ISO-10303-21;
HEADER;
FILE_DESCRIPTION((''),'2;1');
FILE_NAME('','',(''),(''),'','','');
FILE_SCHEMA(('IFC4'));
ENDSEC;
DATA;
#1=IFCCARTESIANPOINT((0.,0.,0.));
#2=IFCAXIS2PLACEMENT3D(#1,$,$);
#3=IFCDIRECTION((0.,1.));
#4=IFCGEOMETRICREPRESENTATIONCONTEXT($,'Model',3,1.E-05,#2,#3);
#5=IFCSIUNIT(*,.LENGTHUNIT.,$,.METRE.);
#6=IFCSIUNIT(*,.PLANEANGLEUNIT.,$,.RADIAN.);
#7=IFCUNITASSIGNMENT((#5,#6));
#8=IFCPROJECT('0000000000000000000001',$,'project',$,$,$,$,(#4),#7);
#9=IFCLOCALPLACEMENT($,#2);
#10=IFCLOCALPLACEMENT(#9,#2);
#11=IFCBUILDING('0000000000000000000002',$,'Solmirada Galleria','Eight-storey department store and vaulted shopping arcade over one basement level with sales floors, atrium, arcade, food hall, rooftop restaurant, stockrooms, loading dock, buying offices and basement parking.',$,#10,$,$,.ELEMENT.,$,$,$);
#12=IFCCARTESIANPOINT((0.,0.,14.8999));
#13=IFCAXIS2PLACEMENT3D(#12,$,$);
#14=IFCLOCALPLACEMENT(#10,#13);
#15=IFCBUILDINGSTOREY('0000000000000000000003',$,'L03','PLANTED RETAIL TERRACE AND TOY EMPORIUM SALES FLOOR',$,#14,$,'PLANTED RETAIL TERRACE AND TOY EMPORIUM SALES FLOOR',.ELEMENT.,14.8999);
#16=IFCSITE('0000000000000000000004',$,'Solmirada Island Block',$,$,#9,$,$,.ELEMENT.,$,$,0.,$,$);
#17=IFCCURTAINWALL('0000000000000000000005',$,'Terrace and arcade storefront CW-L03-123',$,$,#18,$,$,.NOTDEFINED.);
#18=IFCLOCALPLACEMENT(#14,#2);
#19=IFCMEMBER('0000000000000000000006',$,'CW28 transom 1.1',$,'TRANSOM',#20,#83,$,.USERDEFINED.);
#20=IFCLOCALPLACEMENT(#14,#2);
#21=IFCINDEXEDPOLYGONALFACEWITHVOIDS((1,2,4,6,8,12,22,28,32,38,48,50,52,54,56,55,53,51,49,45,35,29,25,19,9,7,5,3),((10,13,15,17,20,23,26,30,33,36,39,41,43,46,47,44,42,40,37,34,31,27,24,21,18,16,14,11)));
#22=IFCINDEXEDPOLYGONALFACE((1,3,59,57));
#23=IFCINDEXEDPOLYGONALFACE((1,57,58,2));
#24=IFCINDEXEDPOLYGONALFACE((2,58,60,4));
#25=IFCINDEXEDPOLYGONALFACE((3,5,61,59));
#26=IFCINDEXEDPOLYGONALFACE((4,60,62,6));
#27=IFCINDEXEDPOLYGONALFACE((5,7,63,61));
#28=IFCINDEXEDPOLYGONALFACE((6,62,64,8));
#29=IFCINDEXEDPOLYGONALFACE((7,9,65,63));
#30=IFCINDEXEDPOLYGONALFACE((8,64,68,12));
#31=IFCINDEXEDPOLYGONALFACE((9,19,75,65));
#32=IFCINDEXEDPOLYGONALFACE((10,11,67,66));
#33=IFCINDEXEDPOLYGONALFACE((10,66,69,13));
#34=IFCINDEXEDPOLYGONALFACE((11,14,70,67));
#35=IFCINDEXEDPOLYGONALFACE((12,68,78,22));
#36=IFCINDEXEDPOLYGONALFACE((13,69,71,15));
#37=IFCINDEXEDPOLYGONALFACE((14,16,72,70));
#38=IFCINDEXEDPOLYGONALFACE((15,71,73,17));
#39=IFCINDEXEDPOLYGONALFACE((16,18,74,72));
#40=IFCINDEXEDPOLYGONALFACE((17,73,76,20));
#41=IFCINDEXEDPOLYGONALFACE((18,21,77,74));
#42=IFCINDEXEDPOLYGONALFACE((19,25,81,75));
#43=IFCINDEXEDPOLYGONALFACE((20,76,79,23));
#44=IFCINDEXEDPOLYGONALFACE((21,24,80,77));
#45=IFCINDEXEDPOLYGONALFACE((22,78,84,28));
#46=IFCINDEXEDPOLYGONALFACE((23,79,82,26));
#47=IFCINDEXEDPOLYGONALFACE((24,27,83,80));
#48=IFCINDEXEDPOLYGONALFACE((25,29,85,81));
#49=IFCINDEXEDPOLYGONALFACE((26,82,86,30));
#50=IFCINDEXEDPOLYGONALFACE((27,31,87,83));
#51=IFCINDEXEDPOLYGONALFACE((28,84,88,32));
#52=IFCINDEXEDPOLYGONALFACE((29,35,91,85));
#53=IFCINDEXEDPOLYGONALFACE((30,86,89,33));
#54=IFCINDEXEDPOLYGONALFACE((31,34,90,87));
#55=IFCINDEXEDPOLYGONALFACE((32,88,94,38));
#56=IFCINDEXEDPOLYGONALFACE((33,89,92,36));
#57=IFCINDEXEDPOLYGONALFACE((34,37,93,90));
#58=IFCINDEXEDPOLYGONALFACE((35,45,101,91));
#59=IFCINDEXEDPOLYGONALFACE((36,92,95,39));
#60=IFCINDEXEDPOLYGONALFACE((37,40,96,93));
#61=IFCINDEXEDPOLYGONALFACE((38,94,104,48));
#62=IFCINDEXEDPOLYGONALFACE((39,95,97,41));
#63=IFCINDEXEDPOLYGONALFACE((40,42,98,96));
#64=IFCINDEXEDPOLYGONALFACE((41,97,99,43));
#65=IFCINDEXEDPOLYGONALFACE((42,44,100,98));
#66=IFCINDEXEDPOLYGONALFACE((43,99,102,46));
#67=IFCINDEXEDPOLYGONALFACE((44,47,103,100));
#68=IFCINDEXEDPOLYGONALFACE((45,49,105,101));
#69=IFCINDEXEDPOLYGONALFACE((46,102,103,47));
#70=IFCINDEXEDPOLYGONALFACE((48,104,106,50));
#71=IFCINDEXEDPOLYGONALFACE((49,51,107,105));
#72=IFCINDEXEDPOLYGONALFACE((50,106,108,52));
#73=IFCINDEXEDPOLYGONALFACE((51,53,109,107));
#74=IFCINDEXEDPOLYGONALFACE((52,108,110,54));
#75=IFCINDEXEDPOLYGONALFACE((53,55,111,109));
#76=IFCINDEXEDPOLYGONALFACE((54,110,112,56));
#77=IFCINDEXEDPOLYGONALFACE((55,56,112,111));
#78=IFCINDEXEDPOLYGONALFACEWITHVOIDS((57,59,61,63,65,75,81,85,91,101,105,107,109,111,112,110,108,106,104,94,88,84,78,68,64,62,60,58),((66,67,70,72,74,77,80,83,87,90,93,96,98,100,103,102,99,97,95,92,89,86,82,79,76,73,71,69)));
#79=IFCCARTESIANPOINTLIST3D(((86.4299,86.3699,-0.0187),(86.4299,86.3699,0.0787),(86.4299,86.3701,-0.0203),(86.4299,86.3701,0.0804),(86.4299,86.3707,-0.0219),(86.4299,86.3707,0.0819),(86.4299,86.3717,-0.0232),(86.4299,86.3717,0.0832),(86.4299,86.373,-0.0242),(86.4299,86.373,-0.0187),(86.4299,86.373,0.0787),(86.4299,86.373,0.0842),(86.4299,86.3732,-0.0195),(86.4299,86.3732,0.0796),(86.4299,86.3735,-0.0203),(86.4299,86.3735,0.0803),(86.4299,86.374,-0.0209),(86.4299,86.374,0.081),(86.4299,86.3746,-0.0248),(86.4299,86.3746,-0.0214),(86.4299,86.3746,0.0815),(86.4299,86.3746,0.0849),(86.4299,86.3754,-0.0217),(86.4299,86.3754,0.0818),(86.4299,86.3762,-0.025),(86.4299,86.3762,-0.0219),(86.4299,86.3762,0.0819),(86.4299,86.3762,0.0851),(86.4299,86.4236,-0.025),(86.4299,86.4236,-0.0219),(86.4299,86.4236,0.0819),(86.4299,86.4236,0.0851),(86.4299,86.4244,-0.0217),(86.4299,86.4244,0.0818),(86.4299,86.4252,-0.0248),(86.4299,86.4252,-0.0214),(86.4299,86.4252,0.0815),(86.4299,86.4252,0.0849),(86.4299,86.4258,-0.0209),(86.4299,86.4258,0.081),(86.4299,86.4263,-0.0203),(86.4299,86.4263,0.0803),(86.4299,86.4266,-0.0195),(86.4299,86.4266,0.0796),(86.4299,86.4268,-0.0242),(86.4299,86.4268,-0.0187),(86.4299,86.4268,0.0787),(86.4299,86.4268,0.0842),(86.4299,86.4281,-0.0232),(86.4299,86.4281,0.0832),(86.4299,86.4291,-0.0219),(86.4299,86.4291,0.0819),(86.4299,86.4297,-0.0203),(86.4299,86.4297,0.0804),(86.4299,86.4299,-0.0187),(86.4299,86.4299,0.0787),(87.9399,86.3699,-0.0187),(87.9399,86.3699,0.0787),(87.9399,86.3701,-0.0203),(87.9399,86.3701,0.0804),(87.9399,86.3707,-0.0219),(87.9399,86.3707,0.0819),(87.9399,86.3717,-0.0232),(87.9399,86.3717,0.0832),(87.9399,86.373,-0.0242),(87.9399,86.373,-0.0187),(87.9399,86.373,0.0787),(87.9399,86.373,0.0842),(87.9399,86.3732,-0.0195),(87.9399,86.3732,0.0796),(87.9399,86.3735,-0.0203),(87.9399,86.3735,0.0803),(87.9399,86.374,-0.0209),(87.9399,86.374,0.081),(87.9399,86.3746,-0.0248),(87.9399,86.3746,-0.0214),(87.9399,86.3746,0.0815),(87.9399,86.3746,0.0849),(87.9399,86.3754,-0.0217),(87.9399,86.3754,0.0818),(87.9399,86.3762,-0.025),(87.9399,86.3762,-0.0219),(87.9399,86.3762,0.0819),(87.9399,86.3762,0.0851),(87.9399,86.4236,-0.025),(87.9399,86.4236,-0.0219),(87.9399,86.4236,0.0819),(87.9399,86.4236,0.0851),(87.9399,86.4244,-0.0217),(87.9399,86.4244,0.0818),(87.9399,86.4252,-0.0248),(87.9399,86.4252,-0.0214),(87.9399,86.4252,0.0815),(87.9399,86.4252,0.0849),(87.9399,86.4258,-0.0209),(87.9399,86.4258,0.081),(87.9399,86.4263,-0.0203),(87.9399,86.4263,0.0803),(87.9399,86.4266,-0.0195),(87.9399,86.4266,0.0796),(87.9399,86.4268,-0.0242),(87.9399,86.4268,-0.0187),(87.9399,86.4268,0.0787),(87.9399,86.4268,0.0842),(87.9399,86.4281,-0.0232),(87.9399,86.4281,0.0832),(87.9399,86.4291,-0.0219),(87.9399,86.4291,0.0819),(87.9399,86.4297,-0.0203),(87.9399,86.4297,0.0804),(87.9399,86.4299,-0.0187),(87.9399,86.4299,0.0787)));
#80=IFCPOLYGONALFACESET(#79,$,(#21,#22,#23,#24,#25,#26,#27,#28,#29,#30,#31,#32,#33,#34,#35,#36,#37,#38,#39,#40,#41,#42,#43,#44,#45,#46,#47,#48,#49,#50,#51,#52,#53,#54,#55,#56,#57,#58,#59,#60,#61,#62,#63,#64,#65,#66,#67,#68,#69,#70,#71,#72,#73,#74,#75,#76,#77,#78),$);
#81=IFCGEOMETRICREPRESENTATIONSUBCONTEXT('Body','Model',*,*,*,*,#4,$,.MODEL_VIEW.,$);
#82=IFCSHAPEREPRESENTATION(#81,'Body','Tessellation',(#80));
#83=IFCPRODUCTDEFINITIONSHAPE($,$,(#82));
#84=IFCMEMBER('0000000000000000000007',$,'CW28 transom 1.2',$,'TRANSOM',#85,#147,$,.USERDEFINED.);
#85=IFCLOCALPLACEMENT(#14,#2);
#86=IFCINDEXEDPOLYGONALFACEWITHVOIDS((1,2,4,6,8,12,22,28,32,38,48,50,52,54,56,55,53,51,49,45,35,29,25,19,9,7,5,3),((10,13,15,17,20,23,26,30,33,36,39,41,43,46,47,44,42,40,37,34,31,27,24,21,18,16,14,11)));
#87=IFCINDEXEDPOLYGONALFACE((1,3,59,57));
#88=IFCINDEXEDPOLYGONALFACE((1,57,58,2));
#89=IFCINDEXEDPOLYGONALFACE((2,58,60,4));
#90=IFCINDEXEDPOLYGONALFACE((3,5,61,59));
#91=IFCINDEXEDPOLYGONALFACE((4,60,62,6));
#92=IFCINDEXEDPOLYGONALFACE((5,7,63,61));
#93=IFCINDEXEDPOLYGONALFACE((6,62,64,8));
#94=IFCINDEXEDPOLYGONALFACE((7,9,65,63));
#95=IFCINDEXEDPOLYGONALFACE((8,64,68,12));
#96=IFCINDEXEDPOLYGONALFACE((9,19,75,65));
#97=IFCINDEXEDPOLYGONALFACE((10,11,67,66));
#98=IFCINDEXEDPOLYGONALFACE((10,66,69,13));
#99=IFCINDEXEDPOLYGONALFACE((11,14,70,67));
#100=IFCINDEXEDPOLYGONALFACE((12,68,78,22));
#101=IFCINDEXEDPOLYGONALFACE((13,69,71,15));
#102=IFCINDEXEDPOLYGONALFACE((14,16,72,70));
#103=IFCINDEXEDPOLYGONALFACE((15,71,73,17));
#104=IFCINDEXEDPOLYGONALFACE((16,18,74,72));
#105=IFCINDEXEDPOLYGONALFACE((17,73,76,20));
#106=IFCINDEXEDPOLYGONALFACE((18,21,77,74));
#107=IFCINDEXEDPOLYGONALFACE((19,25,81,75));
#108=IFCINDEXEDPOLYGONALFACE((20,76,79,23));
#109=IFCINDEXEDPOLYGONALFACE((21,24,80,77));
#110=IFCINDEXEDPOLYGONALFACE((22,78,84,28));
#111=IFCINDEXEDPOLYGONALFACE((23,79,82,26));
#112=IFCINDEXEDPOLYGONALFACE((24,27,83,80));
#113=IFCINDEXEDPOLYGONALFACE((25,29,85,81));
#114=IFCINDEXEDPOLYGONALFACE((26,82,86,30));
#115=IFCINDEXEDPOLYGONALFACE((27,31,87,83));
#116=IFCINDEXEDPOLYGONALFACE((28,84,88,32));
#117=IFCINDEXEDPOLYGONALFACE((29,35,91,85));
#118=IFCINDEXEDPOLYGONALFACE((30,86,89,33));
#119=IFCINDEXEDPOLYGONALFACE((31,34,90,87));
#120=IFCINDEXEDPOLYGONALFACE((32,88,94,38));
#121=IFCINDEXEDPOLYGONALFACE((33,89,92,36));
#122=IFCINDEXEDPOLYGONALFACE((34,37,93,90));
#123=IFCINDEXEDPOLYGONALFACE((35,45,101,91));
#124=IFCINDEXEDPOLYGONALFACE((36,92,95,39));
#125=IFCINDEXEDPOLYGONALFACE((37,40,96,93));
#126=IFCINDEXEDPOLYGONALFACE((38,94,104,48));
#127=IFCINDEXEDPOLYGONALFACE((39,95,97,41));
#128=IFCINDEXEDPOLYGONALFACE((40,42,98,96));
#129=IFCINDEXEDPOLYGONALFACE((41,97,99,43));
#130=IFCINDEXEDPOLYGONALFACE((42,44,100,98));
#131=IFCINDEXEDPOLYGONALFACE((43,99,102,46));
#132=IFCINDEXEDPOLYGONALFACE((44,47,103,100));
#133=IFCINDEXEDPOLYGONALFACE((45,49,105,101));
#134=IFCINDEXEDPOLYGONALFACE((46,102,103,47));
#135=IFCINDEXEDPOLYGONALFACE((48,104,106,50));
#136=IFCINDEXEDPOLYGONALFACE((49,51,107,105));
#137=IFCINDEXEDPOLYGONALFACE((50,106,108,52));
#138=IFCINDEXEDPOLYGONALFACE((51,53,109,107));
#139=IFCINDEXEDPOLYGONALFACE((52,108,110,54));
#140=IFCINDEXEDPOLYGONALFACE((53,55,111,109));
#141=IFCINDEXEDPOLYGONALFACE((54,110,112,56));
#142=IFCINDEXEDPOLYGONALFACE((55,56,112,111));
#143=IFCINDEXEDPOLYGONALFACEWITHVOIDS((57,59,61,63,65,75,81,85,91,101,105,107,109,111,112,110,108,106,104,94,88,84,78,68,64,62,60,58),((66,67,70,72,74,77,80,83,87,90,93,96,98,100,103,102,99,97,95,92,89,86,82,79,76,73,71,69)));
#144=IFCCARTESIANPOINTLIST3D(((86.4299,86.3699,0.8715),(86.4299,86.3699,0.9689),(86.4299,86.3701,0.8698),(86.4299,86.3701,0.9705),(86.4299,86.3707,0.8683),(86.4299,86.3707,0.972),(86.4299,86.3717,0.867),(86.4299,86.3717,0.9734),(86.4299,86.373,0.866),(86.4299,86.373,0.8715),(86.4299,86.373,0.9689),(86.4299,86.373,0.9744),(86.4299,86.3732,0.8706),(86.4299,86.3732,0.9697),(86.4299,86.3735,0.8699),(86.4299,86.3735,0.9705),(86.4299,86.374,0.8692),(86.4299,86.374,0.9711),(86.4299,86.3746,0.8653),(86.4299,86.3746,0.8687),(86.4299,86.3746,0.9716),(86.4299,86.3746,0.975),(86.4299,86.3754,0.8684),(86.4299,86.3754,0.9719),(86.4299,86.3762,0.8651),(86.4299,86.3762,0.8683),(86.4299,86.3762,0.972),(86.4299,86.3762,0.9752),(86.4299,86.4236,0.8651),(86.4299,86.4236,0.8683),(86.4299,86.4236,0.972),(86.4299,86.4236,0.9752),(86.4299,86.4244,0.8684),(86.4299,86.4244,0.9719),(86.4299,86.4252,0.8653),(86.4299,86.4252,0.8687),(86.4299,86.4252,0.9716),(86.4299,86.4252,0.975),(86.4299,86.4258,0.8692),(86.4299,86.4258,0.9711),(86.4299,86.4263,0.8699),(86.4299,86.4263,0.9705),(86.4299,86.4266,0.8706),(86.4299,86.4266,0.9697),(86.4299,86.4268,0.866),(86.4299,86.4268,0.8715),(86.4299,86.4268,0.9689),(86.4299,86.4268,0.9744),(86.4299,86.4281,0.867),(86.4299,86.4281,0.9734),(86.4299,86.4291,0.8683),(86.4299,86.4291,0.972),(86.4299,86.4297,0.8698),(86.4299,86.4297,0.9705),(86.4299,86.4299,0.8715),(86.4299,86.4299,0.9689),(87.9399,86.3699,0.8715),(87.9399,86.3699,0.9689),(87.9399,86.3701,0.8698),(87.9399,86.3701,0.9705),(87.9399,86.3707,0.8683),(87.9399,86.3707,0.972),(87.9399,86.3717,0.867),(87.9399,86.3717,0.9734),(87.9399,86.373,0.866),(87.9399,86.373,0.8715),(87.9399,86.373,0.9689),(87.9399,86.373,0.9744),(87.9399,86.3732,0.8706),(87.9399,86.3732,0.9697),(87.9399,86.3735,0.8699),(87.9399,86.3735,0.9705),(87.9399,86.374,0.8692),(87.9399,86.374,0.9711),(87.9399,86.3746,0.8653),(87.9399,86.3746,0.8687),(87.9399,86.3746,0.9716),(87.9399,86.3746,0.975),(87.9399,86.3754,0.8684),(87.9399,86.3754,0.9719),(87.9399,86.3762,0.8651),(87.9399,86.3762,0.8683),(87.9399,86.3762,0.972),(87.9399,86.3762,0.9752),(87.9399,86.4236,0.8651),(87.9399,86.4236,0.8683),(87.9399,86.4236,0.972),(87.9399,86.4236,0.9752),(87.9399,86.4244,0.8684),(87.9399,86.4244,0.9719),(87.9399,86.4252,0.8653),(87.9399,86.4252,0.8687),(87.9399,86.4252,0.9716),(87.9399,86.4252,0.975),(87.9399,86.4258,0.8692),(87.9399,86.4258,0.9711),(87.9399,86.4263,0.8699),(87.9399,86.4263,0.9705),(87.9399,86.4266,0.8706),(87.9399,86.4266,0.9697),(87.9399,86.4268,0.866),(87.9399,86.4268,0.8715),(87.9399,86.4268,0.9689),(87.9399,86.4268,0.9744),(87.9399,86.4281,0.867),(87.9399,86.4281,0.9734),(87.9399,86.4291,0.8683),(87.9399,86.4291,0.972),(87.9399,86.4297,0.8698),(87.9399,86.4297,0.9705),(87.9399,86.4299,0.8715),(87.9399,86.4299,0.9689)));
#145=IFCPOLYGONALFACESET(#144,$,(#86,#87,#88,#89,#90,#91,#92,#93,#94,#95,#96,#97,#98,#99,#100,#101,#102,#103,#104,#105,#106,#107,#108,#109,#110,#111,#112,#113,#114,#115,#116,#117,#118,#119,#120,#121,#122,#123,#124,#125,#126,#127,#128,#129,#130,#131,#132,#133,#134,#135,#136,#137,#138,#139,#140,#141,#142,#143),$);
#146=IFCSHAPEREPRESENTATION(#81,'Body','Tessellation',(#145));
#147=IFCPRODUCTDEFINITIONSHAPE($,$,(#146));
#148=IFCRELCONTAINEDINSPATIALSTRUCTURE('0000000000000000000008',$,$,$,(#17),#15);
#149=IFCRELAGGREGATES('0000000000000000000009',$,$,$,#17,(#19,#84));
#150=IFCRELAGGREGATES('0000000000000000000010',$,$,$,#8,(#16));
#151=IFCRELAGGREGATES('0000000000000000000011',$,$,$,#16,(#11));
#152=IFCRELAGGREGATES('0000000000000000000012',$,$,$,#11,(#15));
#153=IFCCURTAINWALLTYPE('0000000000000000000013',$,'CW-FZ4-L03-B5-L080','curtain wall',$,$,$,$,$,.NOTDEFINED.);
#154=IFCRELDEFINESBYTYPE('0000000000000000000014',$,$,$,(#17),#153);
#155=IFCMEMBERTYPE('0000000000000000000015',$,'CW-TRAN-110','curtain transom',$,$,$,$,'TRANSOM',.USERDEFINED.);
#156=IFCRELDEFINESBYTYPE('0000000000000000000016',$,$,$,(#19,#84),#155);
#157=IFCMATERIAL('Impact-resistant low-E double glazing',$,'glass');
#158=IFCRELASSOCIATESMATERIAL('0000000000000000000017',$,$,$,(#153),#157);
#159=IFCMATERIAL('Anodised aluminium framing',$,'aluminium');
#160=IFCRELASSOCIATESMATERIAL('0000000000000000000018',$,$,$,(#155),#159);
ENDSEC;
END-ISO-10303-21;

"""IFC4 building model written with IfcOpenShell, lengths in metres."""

from ifc_helpers import new_model, si_unit, direction, frame, origin, origin_2d, place, context, subcontext, project, spatial, hollow_rectangle, extrude, material, material_profile, profile_set, type_object, element, aggregate, save


model = new_model("IFC4")

# Units and contexts
model_context = context("Model", 3, precision=1e-05, world=origin(), true_north=direction((0.0, 1.0)))
body_context = subcontext(model_context, "Body", "Model", "MODEL_VIEW")
ifc_project = project(units=[si_unit("LENGTHUNIT", "METRE"), si_unit("PLANEANGLEUNIT", "RADIAN")], contexts=[model_context])

# Site, building, storey
site_placement = place(None, origin())
site = spatial("IfcSite", under=ifc_project, at=site_placement, Name="Solmirada Island Block", CompositionType="ELEMENT", RefElevation=0.0)
building_placement = place(site_placement, origin())
building = spatial("IfcBuilding", under=site, at=building_placement, Name="Solmirada Galleria", Description="Eight-storey department store and vaulted shopping arcade over one basement level with sales floors, atrium, arcade, food hall, rooftop restaurant, stockrooms, loading dock, buying offices and basement parking.", CompositionType="ELEMENT")
storey_placement = place(building_placement, frame((0.0, 0.0, 14.8999)))
storey = spatial("IfcBuildingStorey", under=building, at=storey_placement, Name="L03", Description="PLANTED RETAIL TERRACE AND TOY EMPORIUM SALES FLOOR", LongName="PLANTED RETAIL TERRACE AND TOY EMPORIUM SALES FLOOR", CompositionType="ELEMENT", Elevation=14.8999)

# Curtain wall
ifc_material_1 = material(Name="Impact-resistant low-E double glazing", Category="glass")
curtain_wall_type = type_object("IfcCurtainWallType", Name="CW-FZ4-L03-B5-L080", Description="curtain wall", PredefinedType="NOTDEFINED", material=ifc_material_1)
curtain_wall_1_placement = place(storey_placement, origin())
curtain_wall_1 = element("IfcCurtainWall", 1, at=curtain_wall_1_placement, inside=storey, type_object=curtain_wall_type, Name="Terrace and arcade storefront CW-L03-123", PredefinedType="NOTDEFINED")
ifc_material_2 = material(Name="Anodised aluminium framing", Category="aluminium")

# Members
ifc_material_profile_1 = material_profile(ifc_material_2, hollow_rectangle(XDim=0.0601, YDim=0.1101, WallThickness=0.0032, InnerFilletRadius=0.0032, OuterFilletRadius=0.0063, at=origin_2d()), Name="ALU-TRAN-110X60")
ifc_profile_set_1 = profile_set([ifc_material_profile_1], Name="Anodised aluminium framing")
member_type_1 = type_object("IfcMemberType", Name="CW-TRAN-110", Description="curtain transom", ElementType="TRANSOM", PredefinedType="USERDEFINED", material=ifc_profile_set_1)
member_1_placement = place(storey_placement, frame((87.9399, 86.3999, 0.03), z_axis=(-1.0, 0.0, 0.0), x_axis=(0.0, -1.0, 0.0)))
member_1 = element("IfcMember", 2, at=member_1_placement, type_object=member_type_1, Name="CW28 transom 1.1", ObjectType="TRANSOM", PredefinedType="USERDEFINED", context=body_context, shape_type="SweptSolid", body=[
    extrude(hollow_rectangle(XDim=0.0601, YDim=0.1101, WallThickness=0.0032, InnerFilletRadius=0.0032, OuterFilletRadius=0.0063, at=origin_2d()), origin(), (0.0, 0.0, 1.0), 1.51),
])
member_2_placement = place(storey_placement, frame((87.9399, 86.3999, 0.9202), z_axis=(-1.0, 0.0, 0.0), x_axis=(0.0, -1.0, 0.0)))
member_2 = element("IfcMember", 3, at=member_2_placement, type_object=member_type_1, Name="CW28 transom 1.2", ObjectType="TRANSOM", PredefinedType="USERDEFINED", context=body_context, shape_type="SweptSolid", body=[
    extrude(hollow_rectangle(XDim=0.0601, YDim=0.1101, WallThickness=0.0032, InnerFilletRadius=0.0032, OuterFilletRadius=0.0063, at=origin_2d()), origin(), (0.0, 0.0, 1.0), 1.51),
])

aggregate(curtain_wall_1, [member_1, member_2])

save(model, "model.ifc")
